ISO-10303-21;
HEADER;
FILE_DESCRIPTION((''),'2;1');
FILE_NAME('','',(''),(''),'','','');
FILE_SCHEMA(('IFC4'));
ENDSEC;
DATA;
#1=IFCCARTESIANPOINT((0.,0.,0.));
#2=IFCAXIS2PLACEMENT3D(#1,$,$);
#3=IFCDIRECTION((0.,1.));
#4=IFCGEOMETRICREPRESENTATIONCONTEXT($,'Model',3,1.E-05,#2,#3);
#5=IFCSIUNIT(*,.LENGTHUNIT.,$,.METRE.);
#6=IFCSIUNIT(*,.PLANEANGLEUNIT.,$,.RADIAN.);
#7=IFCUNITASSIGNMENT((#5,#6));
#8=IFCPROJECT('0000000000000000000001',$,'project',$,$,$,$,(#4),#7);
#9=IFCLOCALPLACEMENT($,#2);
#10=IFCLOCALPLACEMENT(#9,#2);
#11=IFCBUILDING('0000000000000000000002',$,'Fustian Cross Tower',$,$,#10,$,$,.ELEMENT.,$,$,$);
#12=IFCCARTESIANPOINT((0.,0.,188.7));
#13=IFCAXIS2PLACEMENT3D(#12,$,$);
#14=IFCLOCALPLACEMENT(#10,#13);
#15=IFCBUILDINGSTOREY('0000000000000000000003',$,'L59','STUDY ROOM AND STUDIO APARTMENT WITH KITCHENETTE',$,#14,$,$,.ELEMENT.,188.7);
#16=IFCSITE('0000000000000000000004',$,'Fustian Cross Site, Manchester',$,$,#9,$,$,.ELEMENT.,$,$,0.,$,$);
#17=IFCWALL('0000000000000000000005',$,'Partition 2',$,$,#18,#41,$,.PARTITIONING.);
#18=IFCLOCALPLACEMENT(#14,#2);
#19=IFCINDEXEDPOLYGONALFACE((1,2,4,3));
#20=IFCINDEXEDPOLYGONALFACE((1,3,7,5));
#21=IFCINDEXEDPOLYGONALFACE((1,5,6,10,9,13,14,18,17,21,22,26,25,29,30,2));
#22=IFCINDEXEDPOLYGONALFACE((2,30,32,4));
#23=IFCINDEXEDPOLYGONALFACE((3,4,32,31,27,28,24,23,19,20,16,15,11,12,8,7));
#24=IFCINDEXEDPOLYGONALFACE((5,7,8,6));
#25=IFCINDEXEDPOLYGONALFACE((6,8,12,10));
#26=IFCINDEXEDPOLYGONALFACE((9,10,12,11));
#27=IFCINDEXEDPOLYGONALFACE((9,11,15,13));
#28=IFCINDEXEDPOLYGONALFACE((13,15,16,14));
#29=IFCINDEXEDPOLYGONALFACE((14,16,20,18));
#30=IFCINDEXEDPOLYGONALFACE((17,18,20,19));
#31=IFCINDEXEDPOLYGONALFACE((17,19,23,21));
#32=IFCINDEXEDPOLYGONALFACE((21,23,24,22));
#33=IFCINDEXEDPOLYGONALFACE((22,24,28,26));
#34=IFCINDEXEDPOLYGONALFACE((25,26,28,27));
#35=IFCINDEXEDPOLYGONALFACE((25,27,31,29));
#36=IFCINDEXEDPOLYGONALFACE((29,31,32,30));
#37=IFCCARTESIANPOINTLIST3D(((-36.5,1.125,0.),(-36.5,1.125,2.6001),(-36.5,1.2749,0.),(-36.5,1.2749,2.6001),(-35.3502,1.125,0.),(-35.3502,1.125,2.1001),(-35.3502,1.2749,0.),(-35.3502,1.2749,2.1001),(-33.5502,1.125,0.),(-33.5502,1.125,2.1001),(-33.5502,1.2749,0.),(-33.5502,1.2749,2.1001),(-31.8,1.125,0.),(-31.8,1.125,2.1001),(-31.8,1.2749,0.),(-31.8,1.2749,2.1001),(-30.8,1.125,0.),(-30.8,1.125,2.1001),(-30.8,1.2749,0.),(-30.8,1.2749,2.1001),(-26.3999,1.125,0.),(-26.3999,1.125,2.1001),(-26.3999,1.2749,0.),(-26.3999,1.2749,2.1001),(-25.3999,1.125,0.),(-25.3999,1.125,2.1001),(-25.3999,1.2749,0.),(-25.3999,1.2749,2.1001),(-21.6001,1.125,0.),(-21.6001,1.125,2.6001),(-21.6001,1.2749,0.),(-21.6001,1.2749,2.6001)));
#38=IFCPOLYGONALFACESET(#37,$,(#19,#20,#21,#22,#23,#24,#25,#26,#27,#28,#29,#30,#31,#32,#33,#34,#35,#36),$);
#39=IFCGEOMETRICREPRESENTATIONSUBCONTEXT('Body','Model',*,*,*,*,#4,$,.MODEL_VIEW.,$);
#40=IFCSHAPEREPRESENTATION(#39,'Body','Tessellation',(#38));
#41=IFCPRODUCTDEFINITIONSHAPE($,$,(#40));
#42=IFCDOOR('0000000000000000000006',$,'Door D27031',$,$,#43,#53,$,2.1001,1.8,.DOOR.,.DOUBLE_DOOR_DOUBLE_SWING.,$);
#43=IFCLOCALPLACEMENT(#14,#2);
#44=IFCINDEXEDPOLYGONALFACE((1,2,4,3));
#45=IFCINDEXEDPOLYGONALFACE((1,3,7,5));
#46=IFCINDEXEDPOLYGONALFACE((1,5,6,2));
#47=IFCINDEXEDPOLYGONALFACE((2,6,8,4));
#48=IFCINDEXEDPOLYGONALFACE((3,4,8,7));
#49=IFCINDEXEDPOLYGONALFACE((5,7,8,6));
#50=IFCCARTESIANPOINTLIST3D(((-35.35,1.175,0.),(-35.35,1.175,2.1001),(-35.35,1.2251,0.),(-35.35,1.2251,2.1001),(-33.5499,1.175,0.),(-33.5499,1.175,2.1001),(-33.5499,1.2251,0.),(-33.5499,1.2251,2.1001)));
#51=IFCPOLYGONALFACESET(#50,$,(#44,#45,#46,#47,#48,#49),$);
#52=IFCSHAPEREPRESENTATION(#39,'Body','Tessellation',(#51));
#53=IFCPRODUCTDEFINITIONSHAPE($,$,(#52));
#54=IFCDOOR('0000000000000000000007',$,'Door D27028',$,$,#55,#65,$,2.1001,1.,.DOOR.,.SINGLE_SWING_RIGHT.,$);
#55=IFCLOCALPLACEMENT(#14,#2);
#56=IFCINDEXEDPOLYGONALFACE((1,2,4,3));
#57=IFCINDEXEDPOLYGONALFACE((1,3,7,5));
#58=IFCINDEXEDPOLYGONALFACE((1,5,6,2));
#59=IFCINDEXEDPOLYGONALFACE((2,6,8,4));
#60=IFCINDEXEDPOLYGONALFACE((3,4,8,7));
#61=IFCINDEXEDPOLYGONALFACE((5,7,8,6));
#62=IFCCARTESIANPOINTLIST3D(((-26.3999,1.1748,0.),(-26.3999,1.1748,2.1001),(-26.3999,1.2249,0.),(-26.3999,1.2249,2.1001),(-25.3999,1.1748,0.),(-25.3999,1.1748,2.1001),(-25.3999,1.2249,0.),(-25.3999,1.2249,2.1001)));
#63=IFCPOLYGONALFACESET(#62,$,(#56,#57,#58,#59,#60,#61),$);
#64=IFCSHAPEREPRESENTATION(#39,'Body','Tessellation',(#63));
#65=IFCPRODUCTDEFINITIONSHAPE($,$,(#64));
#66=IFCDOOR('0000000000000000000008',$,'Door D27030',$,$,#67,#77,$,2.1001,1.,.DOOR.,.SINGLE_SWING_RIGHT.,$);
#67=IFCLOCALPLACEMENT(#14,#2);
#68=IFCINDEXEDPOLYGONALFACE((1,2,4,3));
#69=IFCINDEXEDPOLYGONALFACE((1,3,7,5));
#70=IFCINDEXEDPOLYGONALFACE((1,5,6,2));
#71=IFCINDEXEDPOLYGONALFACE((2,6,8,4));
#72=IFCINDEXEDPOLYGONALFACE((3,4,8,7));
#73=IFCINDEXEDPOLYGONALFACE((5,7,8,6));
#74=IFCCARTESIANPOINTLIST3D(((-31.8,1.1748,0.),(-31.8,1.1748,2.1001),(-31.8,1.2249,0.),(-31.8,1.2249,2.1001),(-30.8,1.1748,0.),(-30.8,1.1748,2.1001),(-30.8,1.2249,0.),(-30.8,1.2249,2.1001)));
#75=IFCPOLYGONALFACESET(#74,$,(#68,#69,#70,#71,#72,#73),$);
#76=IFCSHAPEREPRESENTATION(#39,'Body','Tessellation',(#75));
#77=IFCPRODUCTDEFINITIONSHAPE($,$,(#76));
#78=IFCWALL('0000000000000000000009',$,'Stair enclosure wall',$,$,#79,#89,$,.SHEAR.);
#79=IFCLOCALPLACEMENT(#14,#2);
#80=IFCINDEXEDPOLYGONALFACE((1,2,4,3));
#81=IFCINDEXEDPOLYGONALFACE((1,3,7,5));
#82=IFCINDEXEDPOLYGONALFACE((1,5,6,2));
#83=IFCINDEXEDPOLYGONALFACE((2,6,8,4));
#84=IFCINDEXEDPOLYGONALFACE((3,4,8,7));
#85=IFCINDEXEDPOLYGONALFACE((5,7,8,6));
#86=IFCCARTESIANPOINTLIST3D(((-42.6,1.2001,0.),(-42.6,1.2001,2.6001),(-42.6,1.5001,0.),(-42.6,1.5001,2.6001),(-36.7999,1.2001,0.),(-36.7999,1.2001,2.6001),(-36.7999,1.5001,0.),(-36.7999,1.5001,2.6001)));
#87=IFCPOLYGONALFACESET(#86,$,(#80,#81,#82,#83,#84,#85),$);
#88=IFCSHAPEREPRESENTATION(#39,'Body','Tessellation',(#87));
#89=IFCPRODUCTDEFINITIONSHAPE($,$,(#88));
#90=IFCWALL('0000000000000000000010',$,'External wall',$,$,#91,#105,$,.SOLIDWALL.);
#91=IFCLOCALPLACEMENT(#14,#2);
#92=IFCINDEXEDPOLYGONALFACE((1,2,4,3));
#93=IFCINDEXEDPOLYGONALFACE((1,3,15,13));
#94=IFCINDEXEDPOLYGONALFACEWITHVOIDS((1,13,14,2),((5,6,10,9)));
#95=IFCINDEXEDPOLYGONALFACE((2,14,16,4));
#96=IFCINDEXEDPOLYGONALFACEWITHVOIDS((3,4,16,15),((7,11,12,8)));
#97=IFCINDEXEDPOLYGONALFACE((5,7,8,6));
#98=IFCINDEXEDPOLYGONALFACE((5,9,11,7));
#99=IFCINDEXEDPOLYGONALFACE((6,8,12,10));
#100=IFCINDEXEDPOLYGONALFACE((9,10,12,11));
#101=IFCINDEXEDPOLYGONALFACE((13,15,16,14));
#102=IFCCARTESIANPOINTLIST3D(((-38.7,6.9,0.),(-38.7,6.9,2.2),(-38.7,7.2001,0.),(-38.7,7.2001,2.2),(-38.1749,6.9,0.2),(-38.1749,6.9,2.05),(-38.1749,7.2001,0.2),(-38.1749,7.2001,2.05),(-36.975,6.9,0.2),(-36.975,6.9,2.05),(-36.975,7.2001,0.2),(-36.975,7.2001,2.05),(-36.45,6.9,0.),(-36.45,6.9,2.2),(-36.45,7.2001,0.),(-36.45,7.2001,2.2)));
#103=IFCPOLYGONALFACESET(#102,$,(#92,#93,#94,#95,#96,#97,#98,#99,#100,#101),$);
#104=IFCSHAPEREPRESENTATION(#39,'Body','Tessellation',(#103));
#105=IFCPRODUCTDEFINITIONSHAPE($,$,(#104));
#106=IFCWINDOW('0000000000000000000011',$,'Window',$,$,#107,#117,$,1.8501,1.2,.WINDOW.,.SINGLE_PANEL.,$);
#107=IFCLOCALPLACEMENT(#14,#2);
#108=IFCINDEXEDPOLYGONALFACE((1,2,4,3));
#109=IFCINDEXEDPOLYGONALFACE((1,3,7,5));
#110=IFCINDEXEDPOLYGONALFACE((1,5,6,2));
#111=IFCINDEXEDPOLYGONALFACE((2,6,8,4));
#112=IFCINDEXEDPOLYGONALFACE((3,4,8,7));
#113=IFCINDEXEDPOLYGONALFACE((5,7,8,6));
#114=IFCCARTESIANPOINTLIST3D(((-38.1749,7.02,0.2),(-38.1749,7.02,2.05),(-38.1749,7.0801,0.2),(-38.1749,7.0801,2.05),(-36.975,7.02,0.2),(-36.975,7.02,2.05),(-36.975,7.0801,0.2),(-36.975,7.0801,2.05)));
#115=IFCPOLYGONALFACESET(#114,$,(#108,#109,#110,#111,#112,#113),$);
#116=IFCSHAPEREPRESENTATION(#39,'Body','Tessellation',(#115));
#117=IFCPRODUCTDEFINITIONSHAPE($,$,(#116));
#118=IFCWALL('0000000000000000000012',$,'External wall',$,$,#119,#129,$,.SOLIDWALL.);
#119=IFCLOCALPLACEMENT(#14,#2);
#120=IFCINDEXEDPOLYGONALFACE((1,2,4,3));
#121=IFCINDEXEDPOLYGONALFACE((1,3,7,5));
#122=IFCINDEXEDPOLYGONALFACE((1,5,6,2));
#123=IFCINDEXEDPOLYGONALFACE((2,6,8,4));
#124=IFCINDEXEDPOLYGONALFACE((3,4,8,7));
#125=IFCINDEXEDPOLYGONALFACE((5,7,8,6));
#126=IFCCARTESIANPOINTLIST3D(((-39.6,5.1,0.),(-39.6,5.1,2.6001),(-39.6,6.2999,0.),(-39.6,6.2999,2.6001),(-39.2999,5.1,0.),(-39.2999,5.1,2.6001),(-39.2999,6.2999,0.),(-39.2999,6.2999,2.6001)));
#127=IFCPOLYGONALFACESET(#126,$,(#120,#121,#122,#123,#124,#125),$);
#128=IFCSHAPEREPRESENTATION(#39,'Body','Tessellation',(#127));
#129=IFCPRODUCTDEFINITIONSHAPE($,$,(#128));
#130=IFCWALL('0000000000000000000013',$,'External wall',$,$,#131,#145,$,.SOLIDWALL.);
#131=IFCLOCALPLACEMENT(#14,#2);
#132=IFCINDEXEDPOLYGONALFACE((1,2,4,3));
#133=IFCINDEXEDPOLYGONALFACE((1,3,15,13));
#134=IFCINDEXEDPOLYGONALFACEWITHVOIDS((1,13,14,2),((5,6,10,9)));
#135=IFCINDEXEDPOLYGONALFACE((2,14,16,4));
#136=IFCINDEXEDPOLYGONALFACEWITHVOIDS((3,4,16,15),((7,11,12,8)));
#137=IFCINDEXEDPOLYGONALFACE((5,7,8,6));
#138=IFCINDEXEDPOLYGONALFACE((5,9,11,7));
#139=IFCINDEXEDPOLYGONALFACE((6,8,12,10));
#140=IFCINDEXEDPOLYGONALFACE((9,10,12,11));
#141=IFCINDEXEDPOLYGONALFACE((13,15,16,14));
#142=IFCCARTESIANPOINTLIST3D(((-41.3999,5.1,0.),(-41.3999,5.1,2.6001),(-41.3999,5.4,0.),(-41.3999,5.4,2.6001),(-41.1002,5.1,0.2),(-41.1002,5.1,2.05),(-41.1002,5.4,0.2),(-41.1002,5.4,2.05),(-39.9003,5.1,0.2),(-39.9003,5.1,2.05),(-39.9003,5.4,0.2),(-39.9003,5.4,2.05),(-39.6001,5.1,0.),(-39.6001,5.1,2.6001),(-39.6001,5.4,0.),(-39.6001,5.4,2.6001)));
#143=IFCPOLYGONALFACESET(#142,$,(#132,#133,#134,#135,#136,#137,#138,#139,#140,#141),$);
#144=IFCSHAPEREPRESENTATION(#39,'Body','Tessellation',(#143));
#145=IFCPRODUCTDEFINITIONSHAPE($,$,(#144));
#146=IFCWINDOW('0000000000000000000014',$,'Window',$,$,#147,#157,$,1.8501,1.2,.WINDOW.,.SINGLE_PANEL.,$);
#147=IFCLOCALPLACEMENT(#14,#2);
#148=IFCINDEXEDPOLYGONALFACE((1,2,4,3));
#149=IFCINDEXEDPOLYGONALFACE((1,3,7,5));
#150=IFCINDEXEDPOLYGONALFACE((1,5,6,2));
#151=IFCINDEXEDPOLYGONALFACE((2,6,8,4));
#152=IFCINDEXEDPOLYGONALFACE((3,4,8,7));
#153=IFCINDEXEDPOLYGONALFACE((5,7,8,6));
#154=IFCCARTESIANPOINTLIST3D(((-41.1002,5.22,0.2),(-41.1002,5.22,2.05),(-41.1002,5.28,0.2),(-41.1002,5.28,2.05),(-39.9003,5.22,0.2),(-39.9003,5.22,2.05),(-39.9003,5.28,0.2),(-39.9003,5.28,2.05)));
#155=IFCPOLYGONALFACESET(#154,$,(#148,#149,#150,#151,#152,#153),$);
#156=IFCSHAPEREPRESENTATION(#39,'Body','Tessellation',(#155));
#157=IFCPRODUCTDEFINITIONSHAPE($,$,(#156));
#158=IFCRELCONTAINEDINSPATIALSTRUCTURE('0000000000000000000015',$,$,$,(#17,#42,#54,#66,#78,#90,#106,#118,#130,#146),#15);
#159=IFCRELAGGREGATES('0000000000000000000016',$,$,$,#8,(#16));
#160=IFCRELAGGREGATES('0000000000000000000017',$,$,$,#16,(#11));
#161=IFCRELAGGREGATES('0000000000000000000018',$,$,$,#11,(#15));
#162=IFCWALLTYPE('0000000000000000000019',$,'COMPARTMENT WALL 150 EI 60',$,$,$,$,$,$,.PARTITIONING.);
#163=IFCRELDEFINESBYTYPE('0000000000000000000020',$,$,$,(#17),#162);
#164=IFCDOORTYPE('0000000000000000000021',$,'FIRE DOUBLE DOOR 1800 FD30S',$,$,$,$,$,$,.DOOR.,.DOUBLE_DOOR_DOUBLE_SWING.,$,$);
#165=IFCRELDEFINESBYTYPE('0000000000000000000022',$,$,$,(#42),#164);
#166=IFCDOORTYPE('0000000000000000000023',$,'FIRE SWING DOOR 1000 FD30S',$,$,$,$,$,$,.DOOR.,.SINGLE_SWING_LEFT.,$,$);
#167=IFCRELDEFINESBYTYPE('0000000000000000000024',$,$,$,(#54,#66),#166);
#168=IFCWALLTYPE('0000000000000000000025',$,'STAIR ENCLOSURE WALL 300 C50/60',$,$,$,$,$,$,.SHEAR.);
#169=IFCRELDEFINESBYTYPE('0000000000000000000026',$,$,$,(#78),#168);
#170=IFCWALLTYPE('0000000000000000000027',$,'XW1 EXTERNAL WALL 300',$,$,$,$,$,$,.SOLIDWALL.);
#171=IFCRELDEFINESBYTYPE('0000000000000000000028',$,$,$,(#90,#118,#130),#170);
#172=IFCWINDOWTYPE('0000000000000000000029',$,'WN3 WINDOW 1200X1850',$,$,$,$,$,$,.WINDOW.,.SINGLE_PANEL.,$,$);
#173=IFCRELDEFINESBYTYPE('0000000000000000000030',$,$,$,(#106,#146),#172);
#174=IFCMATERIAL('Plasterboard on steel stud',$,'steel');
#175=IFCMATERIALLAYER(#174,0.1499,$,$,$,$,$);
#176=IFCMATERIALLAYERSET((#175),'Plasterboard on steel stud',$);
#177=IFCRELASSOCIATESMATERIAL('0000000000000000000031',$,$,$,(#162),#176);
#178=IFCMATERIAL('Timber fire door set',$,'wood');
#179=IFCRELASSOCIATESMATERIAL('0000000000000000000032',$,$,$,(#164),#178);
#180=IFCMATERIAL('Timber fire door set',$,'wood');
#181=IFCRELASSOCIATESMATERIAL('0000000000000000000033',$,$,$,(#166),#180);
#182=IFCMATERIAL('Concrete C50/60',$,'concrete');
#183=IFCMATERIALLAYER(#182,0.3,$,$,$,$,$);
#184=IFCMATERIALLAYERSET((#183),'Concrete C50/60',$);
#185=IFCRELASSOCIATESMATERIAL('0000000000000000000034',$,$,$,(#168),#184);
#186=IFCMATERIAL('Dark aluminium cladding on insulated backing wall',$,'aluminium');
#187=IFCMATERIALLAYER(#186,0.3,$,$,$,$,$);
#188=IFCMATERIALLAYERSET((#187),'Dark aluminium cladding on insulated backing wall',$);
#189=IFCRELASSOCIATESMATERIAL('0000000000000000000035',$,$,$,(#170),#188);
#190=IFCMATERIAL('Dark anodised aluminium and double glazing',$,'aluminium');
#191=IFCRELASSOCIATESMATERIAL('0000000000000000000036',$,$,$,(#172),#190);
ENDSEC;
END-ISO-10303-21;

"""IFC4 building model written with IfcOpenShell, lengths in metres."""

from ifc_helpers import new_model, si_unit, direction, frame, frame_2d, origin, place, context, subcontext, project, spatial, rectangle, extrude, material, layer, layer_set, type_object, element, fill, save


model = new_model("IFC4")

# Units and contexts
model_context = context("Model", 3, precision=1e-05, world=origin(), true_north=direction((0.0, 1.0)))
body_context = subcontext(model_context, "Body", "Model", "MODEL_VIEW")
ifc_project = project(units=[si_unit("LENGTHUNIT", "METRE"), si_unit("PLANEANGLEUNIT", "RADIAN")], contexts=[model_context])

# Site, building, storey
site_placement = place(None, origin())
site = spatial("IfcSite", under=ifc_project, at=site_placement, Name="Fustian Cross Site, Manchester", CompositionType="ELEMENT", RefElevation=0.0)
building_placement = place(site_placement, origin())
building = spatial("IfcBuilding", under=site, at=building_placement, Name="Fustian Cross Tower", CompositionType="ELEMENT")
storey_placement = place(building_placement, frame((0.0, 0.0, 188.7)))
storey = spatial("IfcBuildingStorey", under=building, at=storey_placement, Name="L59", Description="STUDY ROOM AND STUDIO APARTMENT WITH KITCHENETTE", CompositionType="ELEMENT", Elevation=188.7)

# Wall, openings, doors
ifc_material_1 = material(Name="Plasterboard on steel stud", Category="steel")
ifc_layer_1 = layer(ifc_material_1, 0.1499)
ifc_layer_set_1 = layer_set([ifc_layer_1], Name="Plasterboard on steel stud")
wall_type_1 = type_object("IfcWallType", Name="COMPARTMENT WALL 150 EI 60", PredefinedType="PARTITIONING", material=ifc_layer_set_1)
wall_1_placement = place(storey_placement, frame((-36.5, 1.2, 0.0), z_axis=(0.0, 0.0, 1.0), x_axis=(1.0, 0.0, 0.0)))
wall_1 = element("IfcWall", 1, at=wall_1_placement, inside=storey, type_object=wall_type_1, Name="Partition 2", PredefinedType="PARTITIONING", context=body_context, shape_type="SweptSolid", body=[
    extrude(rectangle(XDim=14.8999, YDim=0.1499, at=frame_2d((7.45, 0.0))), origin(), (0.0, 0.0, 1.0), 2.6001),
])
opening_1_placement = place(wall_1_placement, frame((10.1001, 0.0, 0.0)))
opening_1 = element("IfcOpeningElement", 2, at=opening_1_placement, cuts=wall_1, PredefinedType="OPENING", context=body_context, shape_type="SweptSolid", body=[
    extrude(rectangle(XDim=1.0, YDim=2.1001, at=frame_2d((0.5, 1.05))), frame((0.0, 0.085, 0.0), z_axis=(0.0, -1.0, 0.0), x_axis=(1.0, 0.0, 0.0)), (0.0, 0.0, 1.0), 0.1699),
])
opening_2_placement = place(wall_1_placement, frame((4.7, 0.0, 0.0)))
opening_2 = element("IfcOpeningElement", 3, at=opening_2_placement, cuts=wall_1, PredefinedType="OPENING", context=body_context, shape_type="SweptSolid", body=[
    extrude(rectangle(XDim=1.0, YDim=2.1001, at=frame_2d((0.5, 1.05))), frame((0.0, 0.085, 0.0), z_axis=(0.0, -1.0, 0.0), x_axis=(1.0, 0.0, 0.0)), (0.0, 0.0, 1.0), 0.1699),
])
opening_3_placement = place(wall_1_placement, frame((1.1499, 0.0, 0.0)))
opening_3 = element("IfcOpeningElement", 4, at=opening_3_placement, cuts=wall_1, PredefinedType="OPENING", context=body_context, shape_type="SweptSolid", body=[
    extrude(rectangle(XDim=1.8, YDim=2.1001, at=frame_2d((0.8999, 1.05))), frame((0.0, 0.085, 0.0), z_axis=(0.0, -1.0, 0.0), x_axis=(1.0, 0.0, 0.0)), (0.0, 0.0, 1.0), 0.1699),
])
ifc_material_2 = material(Name="Timber fire door set", Category="wood")
door_type_1 = type_object("IfcDoorType", Name="FIRE DOUBLE DOOR 1800 FD30S", OperationType="DOUBLE_DOOR_DOUBLE_SWING", PredefinedType="DOOR", material=ifc_material_2)
door_1_placement = place(opening_3_placement, frame((1.8, 0.0, 0.0), z_axis=(0.0, 0.0, 1.0), x_axis=(-1.0, 0.0, 0.0)))
door_1 = element("IfcDoor", 5, at=door_1_placement, inside=storey, type_object=door_type_1, Name="Door D27031", OperationType="DOUBLE_DOOR_DOUBLE_SWING", OverallHeight=2.1001, OverallWidth=1.8, PredefinedType="DOOR", context=body_context, shape_type="SweptSolid", body=[
    extrude(rectangle(XDim=1.8, YDim=2.1001, at=frame_2d((0.8999, 1.05))), frame((0.0, 0.0249, 0.0), z_axis=(0.0, -1.0, 0.0), x_axis=(1.0, 0.0, 0.0)), (0.0, 0.0, 1.0), 0.05),
])
fill(opening_3, door_1)
ifc_material_3 = material(Name="Timber fire door set", Category="wood")
door_type_2 = type_object("IfcDoorType", Name="FIRE SWING DOOR 1000 FD30S", OperationType="SINGLE_SWING_LEFT", PredefinedType="DOOR", material=ifc_material_3)
door_2_placement = place(opening_1_placement, origin())
door_2 = element("IfcDoor", 6, at=door_2_placement, inside=storey, type_object=door_type_2, Name="Door D27028", OperationType="SINGLE_SWING_RIGHT", OverallHeight=2.1001, OverallWidth=1.0, PredefinedType="DOOR", context=body_context, shape_type="SweptSolid", body=[
    extrude(rectangle(XDim=1.0, YDim=2.1001, at=frame_2d((0.5, 1.05))), frame((0.0, 0.0249, 0.0), z_axis=(0.0, -1.0, 0.0), x_axis=(1.0, 0.0, 0.0)), (0.0, 0.0, 1.0), 0.05),
])
fill(opening_1, door_2)
door_3_placement = place(opening_2_placement, origin())
door_3 = element("IfcDoor", 7, at=door_3_placement, inside=storey, type_object=door_type_2, Name="Door D27030", OperationType="SINGLE_SWING_RIGHT", OverallHeight=2.1001, OverallWidth=1.0, PredefinedType="DOOR", context=body_context, shape_type="SweptSolid", body=[
    extrude(rectangle(XDim=1.0, YDim=2.1001, at=frame_2d((0.5, 1.05))), frame((0.0, 0.0249, 0.0), z_axis=(0.0, -1.0, 0.0), x_axis=(1.0, 0.0, 0.0)), (0.0, 0.0, 1.0), 0.05),
])
fill(opening_2, door_3)

# Wall
ifc_material_4 = material(Name="Concrete C50/60", Category="concrete")
ifc_layer_2 = layer(ifc_material_4, 0.3)
ifc_layer_set_2 = layer_set([ifc_layer_2], Name="Concrete C50/60")
wall_type_2 = type_object("IfcWallType", Name="STAIR ENCLOSURE WALL 300 C50/60", PredefinedType="SHEAR", material=ifc_layer_set_2)
wall_2_placement = place(storey_placement, frame((-36.8, 1.3501, 0.0), z_axis=(0.0, 0.0, 1.0), x_axis=(-1.0, 0.0, 0.0)))
element("IfcWall", 8, at=wall_2_placement, inside=storey, type_object=wall_type_2, Name="Stair enclosure wall", PredefinedType="SHEAR", context=body_context, shape_type="SweptSolid", body=[
    extrude(rectangle(XDim=5.8, YDim=0.3, at=frame_2d((2.8999, 0.0))), origin(), (0.0, 0.0, 1.0), 2.6001),
])

# Wall, opening, window
ifc_material_5 = material(Name="Dark aluminium cladding on insulated backing wall", Category="aluminium")
ifc_layer_3 = layer(ifc_material_5, 0.3)
ifc_layer_set_3 = layer_set([ifc_layer_3], Name="Dark aluminium cladding on insulated backing wall")
wall_type_3 = type_object("IfcWallType", Name="XW1 EXTERNAL WALL 300", PredefinedType="SOLIDWALL", material=ifc_layer_set_3)
wall_3_placement = place(storey_placement, frame((-36.45, 7.05, 0.0), z_axis=(0.0, 0.0, 1.0), x_axis=(-1.0, 0.0, 0.0)))
wall_3 = element("IfcWall", 9, at=wall_3_placement, inside=storey, type_object=wall_type_3, Name="External wall", PredefinedType="SOLIDWALL", context=body_context, shape_type="SweptSolid", body=[
    extrude(rectangle(XDim=2.25, YDim=0.3, at=frame_2d((1.125, 0.0))), origin(), (0.0, 0.0, 1.0), 2.2),
])
opening_4_placement = place(wall_3_placement, frame((0.5249, 0.0, 0.2)))
opening_4 = element("IfcOpeningElement", 10, at=opening_4_placement, cuts=wall_3, PredefinedType="OPENING", context=body_context, shape_type="SweptSolid", body=[
    extrude(rectangle(XDim=1.2, YDim=1.8501, at=frame_2d((0.6001, 0.925))), frame((0.0, 0.1599, 0.0), z_axis=(0.0, -1.0, 0.0), x_axis=(1.0, 0.0, 0.0)), (0.0, 0.0, 1.0), 0.3201),
])
ifc_material_6 = material(Name="Dark anodised aluminium and double glazing", Category="aluminium")
window_type_1 = type_object("IfcWindowType", Name="WN3 WINDOW 1200X1850", PartitioningType="SINGLE_PANEL", PredefinedType="WINDOW", material=ifc_material_6)
window_1_placement = place(opening_4_placement, origin())
window_1 = element("IfcWindow", 11, at=window_1_placement, inside=storey, type_object=window_type_1, Name="Window", OverallHeight=1.8501, OverallWidth=1.2, PartitioningType="SINGLE_PANEL", PredefinedType="WINDOW", context=body_context, shape_type="SweptSolid", body=[
    extrude(rectangle(XDim=1.2, YDim=1.8501, at=frame_2d((0.6001, 0.925))), frame((0.0, 0.03, 0.0), z_axis=(0.0, -1.0, 0.0), x_axis=(1.0, 0.0, 0.0)), (0.0, 0.0, 1.0), 0.0601),
])
fill(opening_4, window_1)

# Wall
wall_4_placement = place(storey_placement, frame((-39.45, 6.3, 0.0), z_axis=(0.0, 0.0, 1.0), x_axis=(0.0, -1.0, 0.0)))
element("IfcWall", 12, at=wall_4_placement, inside=storey, type_object=wall_type_3, Name="External wall", PredefinedType="SOLIDWALL", context=body_context, shape_type="SweptSolid", body=[
    extrude(rectangle(XDim=1.2, YDim=0.3, at=frame_2d((0.6001, 0.0))), origin(), (0.0, 0.0, 1.0), 2.6001),
])

# Wall, opening, window
wall_5_placement = place(storey_placement, frame((-39.6001, 5.25, 0.0), z_axis=(0.0, 0.0, 1.0), x_axis=(-1.0, 0.0, 0.0)))
wall_5 = element("IfcWall", 13, at=wall_5_placement, inside=storey, type_object=wall_type_3, Name="External wall", PredefinedType="SOLIDWALL", context=body_context, shape_type="SweptSolid", body=[
    extrude(rectangle(XDim=1.7998, YDim=0.3, at=frame_2d((0.8999, 0.0))), origin(), (0.0, 0.0, 1.0), 2.6001),
])
opening_5_placement = place(wall_5_placement, frame((0.3, 0.0, 0.2)))
opening_5 = element("IfcOpeningElement", 14, at=opening_5_placement, cuts=wall_5, PredefinedType="OPENING", context=body_context, shape_type="SweptSolid", body=[
    extrude(rectangle(XDim=1.2, YDim=1.8501, at=frame_2d((0.6001, 0.925))), frame((0.0, 0.1599, 0.0), z_axis=(0.0, -1.0, 0.0), x_axis=(1.0, 0.0, 0.0)), (0.0, 0.0, 1.0), 0.3201),
])
window_2_placement = place(opening_5_placement, origin())
window_2 = element("IfcWindow", 15, at=window_2_placement, inside=storey, type_object=window_type_1, Name="Window", OverallHeight=1.8501, OverallWidth=1.2, PartitioningType="SINGLE_PANEL", PredefinedType="WINDOW", context=body_context, shape_type="SweptSolid", body=[
    extrude(rectangle(XDim=1.2, YDim=1.8501, at=frame_2d((0.6001, 0.925))), frame((0.0, 0.03, 0.0), z_axis=(0.0, -1.0, 0.0), x_axis=(1.0, 0.0, 0.0)), (0.0, 0.0, 1.0), 0.0601),
])
fill(opening_5, window_2)

save(model, "model.ifc")
